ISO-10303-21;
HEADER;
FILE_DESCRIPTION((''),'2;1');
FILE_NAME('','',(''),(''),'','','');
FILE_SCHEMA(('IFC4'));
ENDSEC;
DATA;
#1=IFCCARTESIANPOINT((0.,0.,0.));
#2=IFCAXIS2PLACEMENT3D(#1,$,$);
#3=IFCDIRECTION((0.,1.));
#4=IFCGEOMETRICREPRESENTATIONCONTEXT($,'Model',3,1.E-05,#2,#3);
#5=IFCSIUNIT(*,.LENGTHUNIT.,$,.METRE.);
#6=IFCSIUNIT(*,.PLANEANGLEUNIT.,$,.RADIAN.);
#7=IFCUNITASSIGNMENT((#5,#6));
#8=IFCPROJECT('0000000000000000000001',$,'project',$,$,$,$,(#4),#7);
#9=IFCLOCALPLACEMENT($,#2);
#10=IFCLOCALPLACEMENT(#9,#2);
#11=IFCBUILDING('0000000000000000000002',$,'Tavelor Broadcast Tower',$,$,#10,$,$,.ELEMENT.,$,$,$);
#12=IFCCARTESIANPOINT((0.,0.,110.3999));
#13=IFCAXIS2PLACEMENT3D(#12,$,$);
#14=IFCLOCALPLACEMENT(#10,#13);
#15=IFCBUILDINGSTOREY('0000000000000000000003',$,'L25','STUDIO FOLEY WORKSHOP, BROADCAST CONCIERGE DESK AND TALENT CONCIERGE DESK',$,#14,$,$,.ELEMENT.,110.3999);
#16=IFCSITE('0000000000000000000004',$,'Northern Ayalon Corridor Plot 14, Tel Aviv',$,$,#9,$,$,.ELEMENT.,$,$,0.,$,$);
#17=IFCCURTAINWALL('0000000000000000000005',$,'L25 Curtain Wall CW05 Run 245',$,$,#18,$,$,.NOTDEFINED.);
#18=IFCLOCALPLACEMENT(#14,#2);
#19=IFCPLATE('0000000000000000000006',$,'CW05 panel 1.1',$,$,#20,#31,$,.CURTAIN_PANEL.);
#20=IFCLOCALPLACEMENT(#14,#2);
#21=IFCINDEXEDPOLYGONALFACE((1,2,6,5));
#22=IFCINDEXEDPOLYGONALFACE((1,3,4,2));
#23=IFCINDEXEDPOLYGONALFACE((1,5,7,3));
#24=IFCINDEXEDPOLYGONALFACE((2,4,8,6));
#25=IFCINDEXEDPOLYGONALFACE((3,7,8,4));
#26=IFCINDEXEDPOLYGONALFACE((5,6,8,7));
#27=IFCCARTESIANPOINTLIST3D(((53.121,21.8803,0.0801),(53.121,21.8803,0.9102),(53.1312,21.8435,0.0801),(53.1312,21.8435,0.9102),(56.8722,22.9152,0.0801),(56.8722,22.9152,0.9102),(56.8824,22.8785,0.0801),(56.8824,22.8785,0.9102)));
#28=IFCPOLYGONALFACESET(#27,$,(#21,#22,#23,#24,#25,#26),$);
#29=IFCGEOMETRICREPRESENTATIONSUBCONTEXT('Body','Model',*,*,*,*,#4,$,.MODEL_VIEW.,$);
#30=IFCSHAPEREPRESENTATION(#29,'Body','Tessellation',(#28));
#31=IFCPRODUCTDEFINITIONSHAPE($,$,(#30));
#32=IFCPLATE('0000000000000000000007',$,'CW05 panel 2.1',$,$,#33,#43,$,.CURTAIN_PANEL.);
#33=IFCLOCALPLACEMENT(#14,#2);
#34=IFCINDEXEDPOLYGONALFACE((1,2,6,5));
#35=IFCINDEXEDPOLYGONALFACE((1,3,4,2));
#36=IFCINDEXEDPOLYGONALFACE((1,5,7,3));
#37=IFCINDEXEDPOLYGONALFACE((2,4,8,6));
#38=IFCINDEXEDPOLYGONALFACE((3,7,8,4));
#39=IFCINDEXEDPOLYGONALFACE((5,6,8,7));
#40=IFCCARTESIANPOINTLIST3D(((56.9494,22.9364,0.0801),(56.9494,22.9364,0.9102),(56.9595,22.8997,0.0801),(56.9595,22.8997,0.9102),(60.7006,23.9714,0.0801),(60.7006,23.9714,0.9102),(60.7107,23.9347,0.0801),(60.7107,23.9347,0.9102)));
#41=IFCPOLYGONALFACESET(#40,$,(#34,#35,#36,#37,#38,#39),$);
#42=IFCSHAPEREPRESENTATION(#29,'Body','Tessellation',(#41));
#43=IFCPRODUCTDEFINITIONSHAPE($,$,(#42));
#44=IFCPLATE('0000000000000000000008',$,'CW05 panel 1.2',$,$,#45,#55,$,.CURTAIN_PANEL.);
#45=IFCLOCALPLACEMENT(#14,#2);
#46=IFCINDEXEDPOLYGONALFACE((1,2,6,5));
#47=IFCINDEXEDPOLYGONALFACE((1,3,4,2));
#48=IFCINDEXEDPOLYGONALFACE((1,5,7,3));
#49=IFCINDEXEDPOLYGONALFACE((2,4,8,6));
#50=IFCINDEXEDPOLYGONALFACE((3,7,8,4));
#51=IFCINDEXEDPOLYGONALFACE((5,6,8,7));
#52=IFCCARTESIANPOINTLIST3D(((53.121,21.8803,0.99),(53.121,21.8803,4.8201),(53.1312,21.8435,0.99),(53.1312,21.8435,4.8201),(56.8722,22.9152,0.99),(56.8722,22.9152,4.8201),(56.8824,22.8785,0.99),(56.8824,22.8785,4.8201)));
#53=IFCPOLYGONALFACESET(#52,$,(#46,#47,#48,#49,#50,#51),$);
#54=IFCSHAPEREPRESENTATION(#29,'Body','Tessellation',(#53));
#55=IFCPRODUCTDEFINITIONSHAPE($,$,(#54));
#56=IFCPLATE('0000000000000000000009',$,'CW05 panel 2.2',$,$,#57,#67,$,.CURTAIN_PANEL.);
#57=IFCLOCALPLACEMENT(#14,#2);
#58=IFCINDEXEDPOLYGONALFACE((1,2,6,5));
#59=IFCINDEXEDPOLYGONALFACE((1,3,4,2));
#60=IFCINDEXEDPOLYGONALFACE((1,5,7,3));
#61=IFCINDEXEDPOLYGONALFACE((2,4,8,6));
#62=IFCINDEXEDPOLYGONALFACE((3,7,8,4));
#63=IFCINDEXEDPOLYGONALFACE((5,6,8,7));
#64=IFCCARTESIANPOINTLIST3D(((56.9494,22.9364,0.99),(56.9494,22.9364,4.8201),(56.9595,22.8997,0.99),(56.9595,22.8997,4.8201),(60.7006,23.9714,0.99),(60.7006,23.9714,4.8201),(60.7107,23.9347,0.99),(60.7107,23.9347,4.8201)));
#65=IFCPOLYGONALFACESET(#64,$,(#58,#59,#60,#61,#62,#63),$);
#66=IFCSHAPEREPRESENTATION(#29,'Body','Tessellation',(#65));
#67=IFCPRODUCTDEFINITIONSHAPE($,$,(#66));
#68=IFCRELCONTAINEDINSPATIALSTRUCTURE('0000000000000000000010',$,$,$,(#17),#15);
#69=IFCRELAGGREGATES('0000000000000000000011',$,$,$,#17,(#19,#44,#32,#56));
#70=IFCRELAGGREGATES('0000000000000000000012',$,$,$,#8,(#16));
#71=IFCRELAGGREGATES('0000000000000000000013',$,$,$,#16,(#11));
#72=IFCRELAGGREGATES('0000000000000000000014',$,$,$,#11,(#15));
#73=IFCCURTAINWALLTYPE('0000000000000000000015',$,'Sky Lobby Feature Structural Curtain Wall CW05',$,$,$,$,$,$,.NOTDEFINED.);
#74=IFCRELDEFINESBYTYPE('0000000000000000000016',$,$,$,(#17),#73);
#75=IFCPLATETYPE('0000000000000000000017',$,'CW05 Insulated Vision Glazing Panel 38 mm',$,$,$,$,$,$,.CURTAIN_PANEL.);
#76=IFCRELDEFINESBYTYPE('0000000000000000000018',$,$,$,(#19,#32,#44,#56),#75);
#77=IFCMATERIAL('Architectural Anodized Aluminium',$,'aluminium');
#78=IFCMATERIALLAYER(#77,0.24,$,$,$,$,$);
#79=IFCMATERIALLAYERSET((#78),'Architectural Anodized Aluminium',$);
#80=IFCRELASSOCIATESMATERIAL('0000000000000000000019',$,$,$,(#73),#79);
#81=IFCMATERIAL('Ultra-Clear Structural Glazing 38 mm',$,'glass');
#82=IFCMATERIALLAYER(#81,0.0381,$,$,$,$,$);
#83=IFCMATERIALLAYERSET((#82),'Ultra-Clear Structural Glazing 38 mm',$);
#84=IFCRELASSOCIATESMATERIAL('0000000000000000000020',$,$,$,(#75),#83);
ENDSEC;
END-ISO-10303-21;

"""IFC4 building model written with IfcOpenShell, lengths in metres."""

from ifc_helpers import new_model, si_unit, direction, frame, origin, origin_2d, place, context, subcontext, project, spatial, rectangle, extrude, source, transform, mapped, material, layer, layer_set, type_object, type_shapes, element, aggregate, save


model = new_model("IFC4")

# Units and contexts
model_context = context("Model", 3, precision=1e-05, world=origin(), true_north=direction((0.0, 1.0)))
body_context = subcontext(model_context, "Body", "Model", "MODEL_VIEW")
ifc_project = project(units=[si_unit("LENGTHUNIT", "METRE"), si_unit("PLANEANGLEUNIT", "RADIAN")], contexts=[model_context])

# Site, building, storey
site_placement = place(None, origin())
site = spatial("IfcSite", under=ifc_project, at=site_placement, Name="Northern Ayalon Corridor Plot 14, Tel Aviv", CompositionType="ELEMENT", RefElevation=0.0)
building_placement = place(site_placement, origin())
building = spatial("IfcBuilding", under=site, at=building_placement, Name="Tavelor Broadcast Tower", CompositionType="ELEMENT")
storey_placement = place(building_placement, frame((0.0, 0.0, 110.3999)))
storey = spatial("IfcBuildingStorey", under=building, at=storey_placement, Name="L25", Description="STUDIO FOLEY WORKSHOP, BROADCAST CONCIERGE DESK AND TALENT CONCIERGE DESK", CompositionType="ELEMENT", Elevation=110.3999)

# Curtain wall
ifc_material_1 = material(Name="Architectural Anodized Aluminium", Category="aluminium")
ifc_layer_1 = layer(ifc_material_1, 0.24)
ifc_layer_set_1 = layer_set([ifc_layer_1], Name="Architectural Anodized Aluminium")
curtain_wall_type = type_object("IfcCurtainWallType", Name="Sky Lobby Feature Structural Curtain Wall CW05", PredefinedType="NOTDEFINED", material=ifc_layer_set_1)
curtain_wall_1_placement = place(storey_placement, origin())
curtain_wall_1 = element("IfcCurtainWall", 1, at=curtain_wall_1_placement, inside=storey, type_object=curtain_wall_type, Name="L25 Curtain Wall CW05 Run 245", PredefinedType="NOTDEFINED")

# Plates
ifc_material_2 = material(Name="Ultra-Clear Structural Glazing 38 mm", Category="glass")
ifc_layer_2 = layer(ifc_material_2, 0.0381)
ifc_layer_set_2 = layer_set([ifc_layer_2], Name="Ultra-Clear Structural Glazing 38 mm")
plate_type_1 = type_object("IfcPlateType", Name="CW05 Insulated Vision Glazing Panel 38 mm", PredefinedType="CURTAIN_PANEL", material=ifc_layer_set_2)
shared_shape_1 = source(origin(), body_context, "Body", "SweptSolid", [
    extrude(rectangle(XDim=3.8914, YDim=0.0381, at=origin_2d()), origin(), (0.0, 0.0, 1.0), 0.8301),
])
plate_1_placement = place(storey_placement, frame((55.0017, 22.3794, 0.0801), z_axis=(0.0, 0.0, 1.0), x_axis=(0.963982, 0.265968, 0.0)))
plate_1 = element("IfcPlate", 2, at=plate_1_placement, type_object=plate_type_1, Name="CW05 panel 1.1", PredefinedType="CURTAIN_PANEL", context=body_context, shape_type="MappedRepresentation", body=[
    mapped(shared_shape_1, transform((0.0, 0.0, 0.0), scale=1.0)),
])
plate_2_placement = place(storey_placement, frame((58.8301, 23.4355, 0.0801), z_axis=(0.0, 0.0, 1.0), x_axis=(0.963982, 0.265968, 0.0)))
plate_2 = element("IfcPlate", 3, at=plate_2_placement, type_object=plate_type_1, Name="CW05 panel 2.1", PredefinedType="CURTAIN_PANEL", context=body_context, shape_type="MappedRepresentation", body=[
    mapped(shared_shape_1, transform((0.0, 0.0, 0.0), scale=1.0)),
])
shared_shape_2 = source(origin(), body_context, "Body", "SweptSolid", [
    extrude(rectangle(XDim=3.8914, YDim=0.0381, at=origin_2d()), origin(), (0.0, 0.0, 1.0), 3.8301),
])
type_shapes(plate_type_1, [shared_shape_1, shared_shape_2])
plate_3_placement = place(storey_placement, frame((55.0017, 22.3794, 0.99), z_axis=(0.0, 0.0, 1.0), x_axis=(0.963982, 0.265968, 0.0)))
plate_3 = element("IfcPlate", 4, at=plate_3_placement, type_object=plate_type_1, Name="CW05 panel 1.2", PredefinedType="CURTAIN_PANEL", context=body_context, shape_type="MappedRepresentation", body=[
    mapped(shared_shape_2, transform((0.0, 0.0, 0.0), scale=1.0)),
])
plate_4_placement = place(storey_placement, frame((58.8301, 23.4355, 0.99), z_axis=(0.0, 0.0, 1.0), x_axis=(0.963982, 0.265968, 0.0)))
plate_4 = element("IfcPlate", 5, at=plate_4_placement, type_object=plate_type_1, Name="CW05 panel 2.2", PredefinedType="CURTAIN_PANEL", context=body_context, shape_type="MappedRepresentation", body=[
    mapped(shared_shape_2, transform((0.0, 0.0, 0.0), scale=1.0)),
])
aggregate(curtain_wall_1, [plate_1, plate_3, plate_2, plate_4])

save(model, "model.ifc")
